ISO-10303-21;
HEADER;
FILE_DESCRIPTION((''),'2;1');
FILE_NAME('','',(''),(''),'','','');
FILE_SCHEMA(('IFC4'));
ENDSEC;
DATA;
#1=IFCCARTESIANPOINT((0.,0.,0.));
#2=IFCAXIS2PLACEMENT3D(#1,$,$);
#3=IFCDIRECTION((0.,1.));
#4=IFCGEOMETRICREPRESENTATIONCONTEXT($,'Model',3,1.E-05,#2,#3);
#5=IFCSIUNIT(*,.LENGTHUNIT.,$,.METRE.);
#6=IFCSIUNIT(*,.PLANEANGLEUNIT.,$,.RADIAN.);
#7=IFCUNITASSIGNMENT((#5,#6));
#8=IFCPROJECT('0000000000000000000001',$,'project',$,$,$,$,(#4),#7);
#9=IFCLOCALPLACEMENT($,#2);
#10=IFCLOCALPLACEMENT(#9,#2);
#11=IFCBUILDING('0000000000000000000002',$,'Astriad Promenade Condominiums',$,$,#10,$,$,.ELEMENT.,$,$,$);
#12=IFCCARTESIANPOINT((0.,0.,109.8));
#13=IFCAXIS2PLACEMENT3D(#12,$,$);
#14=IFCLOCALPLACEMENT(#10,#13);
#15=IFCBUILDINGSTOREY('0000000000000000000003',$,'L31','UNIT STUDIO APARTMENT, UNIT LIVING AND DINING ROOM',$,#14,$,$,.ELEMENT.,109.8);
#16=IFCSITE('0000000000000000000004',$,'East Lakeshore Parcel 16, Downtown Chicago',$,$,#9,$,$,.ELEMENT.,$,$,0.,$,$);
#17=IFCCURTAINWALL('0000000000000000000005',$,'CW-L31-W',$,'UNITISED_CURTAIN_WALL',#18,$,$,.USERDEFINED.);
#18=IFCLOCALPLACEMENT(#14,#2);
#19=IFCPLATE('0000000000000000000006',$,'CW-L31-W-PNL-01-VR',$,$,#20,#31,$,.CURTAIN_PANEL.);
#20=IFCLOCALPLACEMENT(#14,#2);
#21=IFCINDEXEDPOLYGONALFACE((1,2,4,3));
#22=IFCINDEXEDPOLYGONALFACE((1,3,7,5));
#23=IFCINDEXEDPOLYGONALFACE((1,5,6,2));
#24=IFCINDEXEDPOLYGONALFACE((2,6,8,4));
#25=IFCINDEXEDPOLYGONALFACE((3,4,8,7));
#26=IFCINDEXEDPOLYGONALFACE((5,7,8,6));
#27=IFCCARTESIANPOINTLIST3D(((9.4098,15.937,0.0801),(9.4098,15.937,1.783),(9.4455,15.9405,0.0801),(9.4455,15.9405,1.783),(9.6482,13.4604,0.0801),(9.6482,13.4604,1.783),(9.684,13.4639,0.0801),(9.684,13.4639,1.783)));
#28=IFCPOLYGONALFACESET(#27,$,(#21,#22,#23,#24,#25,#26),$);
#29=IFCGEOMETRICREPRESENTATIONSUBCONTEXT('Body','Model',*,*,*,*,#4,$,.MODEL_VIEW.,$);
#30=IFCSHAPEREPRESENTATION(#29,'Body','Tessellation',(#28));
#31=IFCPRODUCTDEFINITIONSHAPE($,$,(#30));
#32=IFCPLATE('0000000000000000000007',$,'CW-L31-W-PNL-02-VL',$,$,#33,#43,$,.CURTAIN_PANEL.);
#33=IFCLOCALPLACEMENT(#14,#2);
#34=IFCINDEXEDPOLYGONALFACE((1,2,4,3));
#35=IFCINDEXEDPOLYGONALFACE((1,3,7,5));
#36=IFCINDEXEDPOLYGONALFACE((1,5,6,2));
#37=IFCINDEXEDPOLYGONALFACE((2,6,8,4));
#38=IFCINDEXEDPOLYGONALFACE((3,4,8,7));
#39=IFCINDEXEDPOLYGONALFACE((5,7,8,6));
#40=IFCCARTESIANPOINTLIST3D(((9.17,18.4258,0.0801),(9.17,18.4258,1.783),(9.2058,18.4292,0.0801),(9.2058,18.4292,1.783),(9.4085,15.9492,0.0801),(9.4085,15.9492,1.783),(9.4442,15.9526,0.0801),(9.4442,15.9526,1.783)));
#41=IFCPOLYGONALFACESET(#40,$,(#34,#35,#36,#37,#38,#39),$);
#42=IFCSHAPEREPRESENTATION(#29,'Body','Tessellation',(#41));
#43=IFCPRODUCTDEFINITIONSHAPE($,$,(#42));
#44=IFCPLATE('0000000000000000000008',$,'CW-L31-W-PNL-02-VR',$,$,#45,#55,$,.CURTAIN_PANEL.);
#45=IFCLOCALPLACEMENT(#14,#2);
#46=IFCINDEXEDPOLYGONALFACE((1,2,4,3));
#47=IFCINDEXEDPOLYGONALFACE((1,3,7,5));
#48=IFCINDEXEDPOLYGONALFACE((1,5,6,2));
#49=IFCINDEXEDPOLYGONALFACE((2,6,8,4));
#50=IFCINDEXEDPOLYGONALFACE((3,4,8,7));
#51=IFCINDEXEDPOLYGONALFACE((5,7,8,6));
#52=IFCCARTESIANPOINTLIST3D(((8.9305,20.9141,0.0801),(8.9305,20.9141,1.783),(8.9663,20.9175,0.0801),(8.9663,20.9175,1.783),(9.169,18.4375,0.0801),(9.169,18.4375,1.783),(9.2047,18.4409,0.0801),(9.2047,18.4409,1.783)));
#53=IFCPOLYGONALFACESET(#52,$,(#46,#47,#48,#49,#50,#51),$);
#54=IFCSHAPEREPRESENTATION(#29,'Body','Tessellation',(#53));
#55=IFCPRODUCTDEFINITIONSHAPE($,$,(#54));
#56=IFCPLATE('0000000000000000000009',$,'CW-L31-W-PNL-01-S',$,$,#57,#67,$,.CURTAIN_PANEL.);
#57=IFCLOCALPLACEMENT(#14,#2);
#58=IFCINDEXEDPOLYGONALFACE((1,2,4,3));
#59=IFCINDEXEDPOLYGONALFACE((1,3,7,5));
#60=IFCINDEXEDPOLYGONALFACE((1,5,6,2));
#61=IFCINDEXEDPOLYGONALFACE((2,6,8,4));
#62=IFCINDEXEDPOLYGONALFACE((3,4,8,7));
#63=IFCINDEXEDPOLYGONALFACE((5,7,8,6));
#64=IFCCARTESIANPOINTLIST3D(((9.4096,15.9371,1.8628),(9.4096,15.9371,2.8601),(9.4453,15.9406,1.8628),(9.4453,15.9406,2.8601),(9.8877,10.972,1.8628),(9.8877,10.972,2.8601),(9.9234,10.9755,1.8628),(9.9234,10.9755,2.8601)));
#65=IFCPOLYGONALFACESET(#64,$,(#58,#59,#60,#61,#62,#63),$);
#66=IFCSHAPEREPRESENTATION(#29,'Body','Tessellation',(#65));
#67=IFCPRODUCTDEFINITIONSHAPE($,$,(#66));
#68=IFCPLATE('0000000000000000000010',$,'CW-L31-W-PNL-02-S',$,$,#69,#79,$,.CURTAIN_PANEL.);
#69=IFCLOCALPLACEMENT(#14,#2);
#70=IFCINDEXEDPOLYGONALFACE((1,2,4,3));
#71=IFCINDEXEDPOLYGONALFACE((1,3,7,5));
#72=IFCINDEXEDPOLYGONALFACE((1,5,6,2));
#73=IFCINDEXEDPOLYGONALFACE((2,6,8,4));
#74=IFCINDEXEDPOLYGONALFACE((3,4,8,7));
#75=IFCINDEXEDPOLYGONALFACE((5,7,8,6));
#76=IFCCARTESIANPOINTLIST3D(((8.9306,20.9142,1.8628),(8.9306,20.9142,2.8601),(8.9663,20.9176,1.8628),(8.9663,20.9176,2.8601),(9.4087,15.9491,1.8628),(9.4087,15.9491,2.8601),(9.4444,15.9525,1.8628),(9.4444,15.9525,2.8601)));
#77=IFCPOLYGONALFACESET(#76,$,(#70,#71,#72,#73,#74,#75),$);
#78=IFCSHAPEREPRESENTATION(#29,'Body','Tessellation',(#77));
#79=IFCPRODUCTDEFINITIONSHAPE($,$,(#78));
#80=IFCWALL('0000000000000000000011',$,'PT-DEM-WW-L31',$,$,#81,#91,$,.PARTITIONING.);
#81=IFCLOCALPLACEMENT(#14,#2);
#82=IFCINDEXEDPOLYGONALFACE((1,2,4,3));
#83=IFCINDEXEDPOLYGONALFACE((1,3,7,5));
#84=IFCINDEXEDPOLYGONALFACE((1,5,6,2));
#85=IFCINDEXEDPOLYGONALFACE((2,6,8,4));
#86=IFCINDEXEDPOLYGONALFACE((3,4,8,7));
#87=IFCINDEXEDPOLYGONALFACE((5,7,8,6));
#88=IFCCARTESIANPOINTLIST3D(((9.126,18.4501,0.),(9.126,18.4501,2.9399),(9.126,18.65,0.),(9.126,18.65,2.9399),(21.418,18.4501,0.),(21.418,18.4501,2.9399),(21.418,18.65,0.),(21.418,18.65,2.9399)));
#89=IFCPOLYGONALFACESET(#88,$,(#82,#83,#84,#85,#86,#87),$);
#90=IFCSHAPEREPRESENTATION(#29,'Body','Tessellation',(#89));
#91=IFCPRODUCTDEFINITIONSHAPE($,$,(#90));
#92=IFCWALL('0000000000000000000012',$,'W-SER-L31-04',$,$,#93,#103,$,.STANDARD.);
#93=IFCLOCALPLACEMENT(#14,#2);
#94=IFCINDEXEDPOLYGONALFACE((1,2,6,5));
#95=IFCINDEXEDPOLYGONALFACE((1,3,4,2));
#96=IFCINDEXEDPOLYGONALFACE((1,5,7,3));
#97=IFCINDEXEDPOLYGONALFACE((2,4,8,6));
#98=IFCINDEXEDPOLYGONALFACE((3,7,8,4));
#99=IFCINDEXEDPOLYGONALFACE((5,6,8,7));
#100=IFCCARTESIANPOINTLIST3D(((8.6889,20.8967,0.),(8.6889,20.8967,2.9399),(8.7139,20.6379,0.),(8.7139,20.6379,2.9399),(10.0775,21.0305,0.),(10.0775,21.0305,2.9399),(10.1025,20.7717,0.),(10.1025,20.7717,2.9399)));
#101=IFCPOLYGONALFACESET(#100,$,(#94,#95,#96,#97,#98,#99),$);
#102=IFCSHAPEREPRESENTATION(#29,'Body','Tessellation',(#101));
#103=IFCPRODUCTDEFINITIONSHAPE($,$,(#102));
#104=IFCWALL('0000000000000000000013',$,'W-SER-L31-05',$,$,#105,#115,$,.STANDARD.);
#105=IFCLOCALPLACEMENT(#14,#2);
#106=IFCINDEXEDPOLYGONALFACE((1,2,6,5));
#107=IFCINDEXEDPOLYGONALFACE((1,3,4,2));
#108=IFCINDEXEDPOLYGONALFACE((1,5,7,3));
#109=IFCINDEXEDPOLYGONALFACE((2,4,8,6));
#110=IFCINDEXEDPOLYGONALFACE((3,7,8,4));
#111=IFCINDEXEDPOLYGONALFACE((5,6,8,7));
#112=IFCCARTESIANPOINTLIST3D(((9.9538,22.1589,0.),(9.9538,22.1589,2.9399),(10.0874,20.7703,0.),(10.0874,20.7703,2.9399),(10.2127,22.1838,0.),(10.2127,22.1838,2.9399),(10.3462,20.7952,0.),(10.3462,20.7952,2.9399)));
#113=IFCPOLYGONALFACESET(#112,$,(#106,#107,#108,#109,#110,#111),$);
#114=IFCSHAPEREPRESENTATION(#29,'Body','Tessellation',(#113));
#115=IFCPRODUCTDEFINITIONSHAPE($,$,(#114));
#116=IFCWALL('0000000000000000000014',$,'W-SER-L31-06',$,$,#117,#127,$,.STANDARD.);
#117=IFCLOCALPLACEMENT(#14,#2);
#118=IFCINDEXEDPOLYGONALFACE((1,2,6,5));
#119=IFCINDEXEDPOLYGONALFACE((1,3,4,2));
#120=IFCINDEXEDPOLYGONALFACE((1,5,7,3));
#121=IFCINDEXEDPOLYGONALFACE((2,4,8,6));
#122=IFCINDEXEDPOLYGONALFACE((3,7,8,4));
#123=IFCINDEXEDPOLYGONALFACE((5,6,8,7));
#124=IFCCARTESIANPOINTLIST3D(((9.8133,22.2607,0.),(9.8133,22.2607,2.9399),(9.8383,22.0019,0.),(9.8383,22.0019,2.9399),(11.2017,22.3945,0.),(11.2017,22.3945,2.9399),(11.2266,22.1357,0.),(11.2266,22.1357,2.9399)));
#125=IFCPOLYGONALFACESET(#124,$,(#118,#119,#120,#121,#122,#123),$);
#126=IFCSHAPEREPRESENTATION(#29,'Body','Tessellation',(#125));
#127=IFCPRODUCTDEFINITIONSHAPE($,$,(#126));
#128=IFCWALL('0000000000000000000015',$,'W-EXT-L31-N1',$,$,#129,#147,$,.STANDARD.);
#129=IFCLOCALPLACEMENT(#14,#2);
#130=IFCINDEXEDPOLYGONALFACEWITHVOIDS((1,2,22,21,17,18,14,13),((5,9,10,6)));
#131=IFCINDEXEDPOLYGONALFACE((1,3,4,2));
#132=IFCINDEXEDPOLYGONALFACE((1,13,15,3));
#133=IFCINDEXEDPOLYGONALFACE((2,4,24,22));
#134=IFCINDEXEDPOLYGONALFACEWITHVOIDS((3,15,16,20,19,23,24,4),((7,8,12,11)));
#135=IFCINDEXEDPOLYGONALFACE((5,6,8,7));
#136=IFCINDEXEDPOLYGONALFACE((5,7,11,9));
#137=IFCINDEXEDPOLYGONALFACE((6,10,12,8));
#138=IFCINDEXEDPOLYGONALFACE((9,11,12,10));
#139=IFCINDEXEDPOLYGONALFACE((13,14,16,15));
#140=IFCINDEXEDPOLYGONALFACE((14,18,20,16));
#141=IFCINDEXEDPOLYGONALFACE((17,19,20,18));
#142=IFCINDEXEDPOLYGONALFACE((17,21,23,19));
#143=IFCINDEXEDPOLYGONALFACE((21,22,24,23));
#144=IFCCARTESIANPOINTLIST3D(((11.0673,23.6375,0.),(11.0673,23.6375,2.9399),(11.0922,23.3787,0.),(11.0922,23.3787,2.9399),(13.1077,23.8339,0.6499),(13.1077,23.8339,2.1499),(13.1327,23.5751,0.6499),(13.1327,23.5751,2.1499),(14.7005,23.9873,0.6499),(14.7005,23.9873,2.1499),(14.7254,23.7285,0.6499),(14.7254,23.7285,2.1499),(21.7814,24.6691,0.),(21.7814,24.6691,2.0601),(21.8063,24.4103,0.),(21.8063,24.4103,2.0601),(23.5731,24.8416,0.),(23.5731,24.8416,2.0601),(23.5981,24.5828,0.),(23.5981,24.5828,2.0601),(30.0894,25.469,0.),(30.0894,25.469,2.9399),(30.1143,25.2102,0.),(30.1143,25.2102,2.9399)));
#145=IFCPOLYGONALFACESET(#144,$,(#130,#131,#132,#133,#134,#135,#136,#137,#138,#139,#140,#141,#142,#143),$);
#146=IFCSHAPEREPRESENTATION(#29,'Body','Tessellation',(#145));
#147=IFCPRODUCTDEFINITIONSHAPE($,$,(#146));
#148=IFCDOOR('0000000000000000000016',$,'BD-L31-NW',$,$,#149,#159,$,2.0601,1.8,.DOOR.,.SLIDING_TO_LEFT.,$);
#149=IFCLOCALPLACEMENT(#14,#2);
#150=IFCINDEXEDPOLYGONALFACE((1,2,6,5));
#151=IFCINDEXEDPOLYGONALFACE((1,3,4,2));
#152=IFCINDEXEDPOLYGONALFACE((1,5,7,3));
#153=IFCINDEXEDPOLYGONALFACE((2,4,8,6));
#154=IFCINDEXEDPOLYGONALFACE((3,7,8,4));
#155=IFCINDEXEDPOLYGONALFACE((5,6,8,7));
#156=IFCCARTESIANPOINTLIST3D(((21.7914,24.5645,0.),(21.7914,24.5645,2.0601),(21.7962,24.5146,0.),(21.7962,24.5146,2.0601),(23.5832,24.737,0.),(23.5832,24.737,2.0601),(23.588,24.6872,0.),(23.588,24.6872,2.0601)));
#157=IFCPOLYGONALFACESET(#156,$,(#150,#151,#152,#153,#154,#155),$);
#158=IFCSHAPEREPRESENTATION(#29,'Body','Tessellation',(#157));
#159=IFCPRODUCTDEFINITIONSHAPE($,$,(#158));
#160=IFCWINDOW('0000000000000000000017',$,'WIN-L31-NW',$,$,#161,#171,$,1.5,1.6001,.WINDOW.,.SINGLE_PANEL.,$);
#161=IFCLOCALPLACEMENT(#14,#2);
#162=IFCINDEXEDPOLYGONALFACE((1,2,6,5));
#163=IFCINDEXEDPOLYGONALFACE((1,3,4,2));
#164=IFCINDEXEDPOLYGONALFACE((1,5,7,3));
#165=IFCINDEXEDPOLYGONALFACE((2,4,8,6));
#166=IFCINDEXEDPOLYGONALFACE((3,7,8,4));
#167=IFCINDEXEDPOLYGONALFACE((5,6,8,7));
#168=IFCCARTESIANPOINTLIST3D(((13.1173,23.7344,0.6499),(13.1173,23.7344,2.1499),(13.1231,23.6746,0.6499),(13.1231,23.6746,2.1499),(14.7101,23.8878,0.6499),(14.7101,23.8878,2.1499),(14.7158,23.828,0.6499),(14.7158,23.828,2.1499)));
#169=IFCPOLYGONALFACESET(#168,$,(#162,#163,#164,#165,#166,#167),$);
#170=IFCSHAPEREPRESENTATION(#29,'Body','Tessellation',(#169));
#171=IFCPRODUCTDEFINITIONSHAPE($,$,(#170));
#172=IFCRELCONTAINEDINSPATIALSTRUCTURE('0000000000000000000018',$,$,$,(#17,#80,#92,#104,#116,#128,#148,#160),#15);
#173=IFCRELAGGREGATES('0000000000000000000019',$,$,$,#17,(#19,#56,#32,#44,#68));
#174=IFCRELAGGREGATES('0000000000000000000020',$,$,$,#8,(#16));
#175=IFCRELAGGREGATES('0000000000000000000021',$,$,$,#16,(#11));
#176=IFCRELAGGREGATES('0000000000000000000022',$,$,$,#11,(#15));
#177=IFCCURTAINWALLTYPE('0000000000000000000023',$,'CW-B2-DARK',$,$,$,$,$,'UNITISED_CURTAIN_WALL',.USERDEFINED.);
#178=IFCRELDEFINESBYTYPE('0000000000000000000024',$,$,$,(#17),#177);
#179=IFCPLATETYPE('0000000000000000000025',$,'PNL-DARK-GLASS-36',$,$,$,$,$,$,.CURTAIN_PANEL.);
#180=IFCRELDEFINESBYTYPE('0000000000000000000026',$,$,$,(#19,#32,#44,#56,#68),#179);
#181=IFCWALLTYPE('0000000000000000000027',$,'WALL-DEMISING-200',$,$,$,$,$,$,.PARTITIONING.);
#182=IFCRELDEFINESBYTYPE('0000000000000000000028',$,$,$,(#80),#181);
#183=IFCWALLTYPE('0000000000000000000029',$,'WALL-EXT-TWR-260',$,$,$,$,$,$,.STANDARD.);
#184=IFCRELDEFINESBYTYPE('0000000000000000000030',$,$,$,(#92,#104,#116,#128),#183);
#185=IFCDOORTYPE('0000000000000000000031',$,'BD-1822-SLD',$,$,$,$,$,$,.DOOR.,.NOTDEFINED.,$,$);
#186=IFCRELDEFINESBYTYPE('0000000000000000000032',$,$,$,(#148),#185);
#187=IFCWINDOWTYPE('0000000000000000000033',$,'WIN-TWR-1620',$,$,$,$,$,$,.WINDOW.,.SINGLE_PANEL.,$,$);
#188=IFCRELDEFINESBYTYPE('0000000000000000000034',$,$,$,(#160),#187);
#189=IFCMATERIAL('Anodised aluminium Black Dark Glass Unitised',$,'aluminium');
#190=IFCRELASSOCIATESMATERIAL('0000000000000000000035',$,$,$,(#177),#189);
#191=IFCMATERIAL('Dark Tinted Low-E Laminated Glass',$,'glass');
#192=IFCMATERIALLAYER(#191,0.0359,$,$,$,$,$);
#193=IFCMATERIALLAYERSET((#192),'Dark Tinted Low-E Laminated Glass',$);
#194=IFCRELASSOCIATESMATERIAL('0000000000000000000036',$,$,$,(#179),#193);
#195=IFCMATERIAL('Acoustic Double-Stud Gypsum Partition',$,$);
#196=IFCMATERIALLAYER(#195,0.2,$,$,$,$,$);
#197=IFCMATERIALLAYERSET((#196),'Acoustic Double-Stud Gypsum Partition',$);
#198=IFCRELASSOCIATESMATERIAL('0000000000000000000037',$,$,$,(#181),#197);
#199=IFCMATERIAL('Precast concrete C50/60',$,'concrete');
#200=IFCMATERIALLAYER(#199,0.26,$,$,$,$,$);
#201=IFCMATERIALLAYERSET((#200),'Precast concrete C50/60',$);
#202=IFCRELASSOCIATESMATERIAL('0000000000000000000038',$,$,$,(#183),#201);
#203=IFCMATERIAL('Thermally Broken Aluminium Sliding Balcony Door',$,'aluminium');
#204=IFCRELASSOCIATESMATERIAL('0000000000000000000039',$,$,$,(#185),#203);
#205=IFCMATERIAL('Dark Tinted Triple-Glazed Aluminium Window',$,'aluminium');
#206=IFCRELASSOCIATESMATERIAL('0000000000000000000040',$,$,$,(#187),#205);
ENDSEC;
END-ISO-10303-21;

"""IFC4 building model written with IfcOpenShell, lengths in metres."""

from ifc_helpers import new_model, si_unit, direction, frame, frame_2d, origin, origin_2d, place, context, subcontext, project, spatial, rectangle, extrude, source, transform, mapped, material, layer, layer_set, type_object, type_shapes, element, fill, aggregate, save


model = new_model("IFC4")

# Units and contexts
model_context = context("Model", 3, precision=1e-05, world=origin(), true_north=direction((0.0, 1.0)))
body_context = subcontext(model_context, "Body", "Model", "MODEL_VIEW")
ifc_project = project(units=[si_unit("LENGTHUNIT", "METRE"), si_unit("PLANEANGLEUNIT", "RADIAN")], contexts=[model_context])

# Site, building, storey
site_placement = place(None, origin())
site = spatial("IfcSite", under=ifc_project, at=site_placement, Name="East Lakeshore Parcel 16, Downtown Chicago", CompositionType="ELEMENT", RefElevation=0.0)
building_placement = place(site_placement, origin())
building = spatial("IfcBuilding", under=site, at=building_placement, Name="Astriad Promenade Condominiums", CompositionType="ELEMENT")
storey_placement = place(building_placement, frame((0.0, 0.0, 109.8)))
storey = spatial("IfcBuildingStorey", under=building, at=storey_placement, Name="L31", Description="UNIT STUDIO APARTMENT, UNIT LIVING AND DINING ROOM", CompositionType="ELEMENT", Elevation=109.8)

# Curtain wall, plates
ifc_material_1 = material(Name="Anodised aluminium Black Dark Glass Unitised", Category="aluminium")
curtain_wall_type = type_object("IfcCurtainWallType", Name="CW-B2-DARK", ElementType="UNITISED_CURTAIN_WALL", PredefinedType="USERDEFINED", material=ifc_material_1)
curtain_wall_placement = place(storey_placement, origin())
curtain_wall = element("IfcCurtainWall", 1, at=curtain_wall_placement, inside=storey, type_object=curtain_wall_type, Name="CW-L31-W", ObjectType="UNITISED_CURTAIN_WALL", PredefinedType="USERDEFINED")
ifc_material_2 = material(Name="Dark Tinted Low-E Laminated Glass", Category="glass")
ifc_layer_1 = layer(ifc_material_2, 0.0359)
ifc_layer_set_1 = layer_set([ifc_layer_1], Name="Dark Tinted Low-E Laminated Glass")
plate_type = type_object("IfcPlateType", Name="PNL-DARK-GLASS-36", PredefinedType="CURTAIN_PANEL", material=ifc_layer_set_1)
shared_shape_1 = source(origin(), body_context, "Body", "SweptSolid", [
    extrude(rectangle(XDim=2.488, YDim=0.0359, at=origin_2d()), origin(), (0.0, 0.0, 1.0), 1.7029),
])
plate_1_placement = place(storey_placement, frame((9.5469, 14.7004, 0.0801), z_axis=(0.0, 0.0, 1.0), x_axis=(-0.095846, 0.995396, 0.0)))
plate_1 = element("IfcPlate", 2, at=plate_1_placement, type_object=plate_type, Name="CW-L31-W-PNL-01-VR", PredefinedType="CURTAIN_PANEL", context=body_context, shape_type="MappedRepresentation", body=[
    mapped(shared_shape_1, transform((0.0, 0.0, 0.0), scale=1.0)),
])
plate_2_placement = place(storey_placement, frame((9.3071, 17.1892, 0.0801), z_axis=(0.0, 0.0, 1.0), x_axis=(-0.095846, 0.995396, 0.0)))
plate_2 = element("IfcPlate", 3, at=plate_2_placement, type_object=plate_type, Name="CW-L31-W-PNL-02-VL", PredefinedType="CURTAIN_PANEL", context=body_context, shape_type="MappedRepresentation", body=[
    mapped(shared_shape_1, transform((0.0, 0.0, 0.0), scale=1.0)),
])
plate_3_placement = place(storey_placement, frame((9.0676, 19.6775, 0.0801), z_axis=(0.0, 0.0, 1.0), x_axis=(-0.095846, 0.995396, 0.0)))
plate_3 = element("IfcPlate", 4, at=plate_3_placement, type_object=plate_type, Name="CW-L31-W-PNL-02-VR", PredefinedType="CURTAIN_PANEL", context=body_context, shape_type="MappedRepresentation", body=[
    mapped(shared_shape_1, transform((0.0, 0.0, 0.0), scale=1.0)),
])
shared_shape_2 = source(origin(), body_context, "Body", "SweptSolid", [
    extrude(rectangle(XDim=4.988, YDim=0.0359, at=origin_2d()), origin(), (0.0, 0.0, 1.0), 0.9973),
])
type_shapes(plate_type, [shared_shape_1, shared_shape_2])
plate_4_placement = place(storey_placement, frame((9.6665, 13.4563, 1.8628), z_axis=(0.0, 0.0, 1.0), x_axis=(-0.095846, 0.995396, 0.0)))
plate_4 = element("IfcPlate", 5, at=plate_4_placement, type_object=plate_type, Name="CW-L31-W-PNL-01-S", PredefinedType="CURTAIN_PANEL", context=body_context, shape_type="MappedRepresentation", body=[
    mapped(shared_shape_2, transform((0.0, 0.0, 0.0), scale=1.0)),
])
plate_5_placement = place(storey_placement, frame((9.1875, 18.4333, 1.8628), z_axis=(0.0, 0.0, 1.0), x_axis=(-0.095846, 0.995396, 0.0)))
plate_5 = element("IfcPlate", 6, at=plate_5_placement, type_object=plate_type, Name="CW-L31-W-PNL-02-S", PredefinedType="CURTAIN_PANEL", context=body_context, shape_type="MappedRepresentation", body=[
    mapped(shared_shape_2, transform((0.0, 0.0, 0.0), scale=1.0)),
])
aggregate(curtain_wall, [plate_1, plate_4, plate_2, plate_3, plate_5])

# Walls
ifc_material_3 = material(Name="Acoustic Double-Stud Gypsum Partition")
ifc_layer_2 = layer(ifc_material_3, 0.2)
ifc_layer_set_2 = layer_set([ifc_layer_2], Name="Acoustic Double-Stud Gypsum Partition")
wall_type_1 = type_object("IfcWallType", Name="WALL-DEMISING-200", PredefinedType="PARTITIONING", material=ifc_layer_set_2)
wall_1_placement = place(storey_placement, frame((9.126, 18.55, 0.0), z_axis=(0.0, 0.0, 1.0), x_axis=(1.0, 0.0, 0.0)))
element("IfcWall", 7, at=wall_1_placement, inside=storey, type_object=wall_type_1, Name="PT-DEM-WW-L31", PredefinedType="PARTITIONING", context=body_context, shape_type="SweptSolid", body=[
    extrude(rectangle(XDim=12.292, YDim=0.2, at=frame_2d((6.146, 0.0))), origin(), (0.0, 0.0, 1.0), 2.9399),
])
ifc_material_4 = material(Name="Precast concrete C50/60", Category="concrete")
ifc_layer_3 = layer(ifc_material_4, 0.26)
ifc_layer_set_3 = layer_set([ifc_layer_3], Name="Precast concrete C50/60")
wall_type_2 = type_object("IfcWallType", Name="WALL-EXT-TWR-260", PredefinedType="STANDARD", material=ifc_layer_set_3)
for number, where, z_axis, x_axis, name in (
    (8, (8.7014, 20.7673, 0.0), (0.0, 0.0, 1.0), (0.995391, 0.095899, 0.0), "W-SER-L31-04"),
    (9, (10.2168, 20.7827, 0.0), (0.0, 0.0, 1.0), (-0.095726, 0.995408, 0.0), "W-SER-L31-05"),
):
    element("IfcWall", number, at=place(storey_placement, frame(where, z_axis=z_axis, x_axis=x_axis)), inside=storey, type_object=wall_type_2, Name=name, PredefinedType="STANDARD", context=body_context, shape_type="SweptSolid", body=[
        extrude(rectangle(XDim=1.395, YDim=0.26, at=frame_2d((0.6975, 0.0))), origin(), (0.0, 0.0, 1.0), 2.9399),
    ])
wall_2_placement = place(storey_placement, frame((9.8259, 22.1313, 0.0), z_axis=(0.0, 0.0, 1.0), x_axis=(0.995389, 0.095916, 0.0)))
element("IfcWall", 10, at=wall_2_placement, inside=storey, type_object=wall_type_2, Name="W-SER-L31-06", PredefinedType="STANDARD", context=body_context, shape_type="SweptSolid", body=[
    extrude(rectangle(XDim=1.3948, YDim=0.26, at=frame_2d((0.6973, 0.0))), origin(), (0.0, 0.0, 1.0), 2.9399),
])

# Wall, openings, door, window
wall_3_placement = place(storey_placement, frame((11.0796, 23.5081, 0.0), z_axis=(0.0, 0.0, 1.0), x_axis=(0.995397, 0.095841, 0.0)))
wall_3 = element("IfcWall", 11, at=wall_3_placement, inside=storey, type_object=wall_type_2, Name="W-EXT-L31-N1", PredefinedType="STANDARD", context=body_context, shape_type="SweptSolid", body=[
    extrude(rectangle(XDim=19.1101, YDim=0.26, at=frame_2d((9.5552, 0.0))), origin(), (0.0, 0.0, 1.0), 2.9399),
])
opening_1_placement = place(wall_3_placement, frame((10.7639, 0.0, 0.0)))
opening_1 = element("IfcOpeningElement", 12, at=opening_1_placement, cuts=wall_3, PredefinedType="OPENING", context=body_context, shape_type="SweptSolid", body=[
    extrude(rectangle(XDim=1.8, YDim=2.0601, at=frame_2d((0.8999, 1.03))), frame((0.0, 0.1399, 0.0), z_axis=(0.0, -1.0, 0.0), x_axis=(1.0, 0.0, 0.0)), (0.0, 0.0, 1.0), 0.28),
])
opening_2_placement = place(wall_3_placement, frame((2.05, 0.0, 0.6499)))
opening_2 = element("IfcOpeningElement", 13, at=opening_2_placement, cuts=wall_3, PredefinedType="OPENING", context=body_context, shape_type="SweptSolid", body=[
    extrude(rectangle(XDim=1.6001, YDim=1.5, at=frame_2d((0.8, 0.75))), frame((0.0, 0.1399, 0.0), z_axis=(0.0, -1.0, 0.0), x_axis=(1.0, 0.0, 0.0)), (0.0, 0.0, 1.0), 0.28),
])
ifc_material_5 = material(Name="Thermally Broken Aluminium Sliding Balcony Door", Category="aluminium")
door_type = type_object("IfcDoorType", Name="BD-1822-SLD", OperationType="NOTDEFINED", PredefinedType="DOOR", material=ifc_material_5)
shared_shape_3 = source(origin(), body_context, "Body", "SweptSolid", [
    extrude(rectangle(XDim=1.8, YDim=2.0601, at=frame_2d((0.8999, 1.03))), frame((0.0, 0.0249, 0.0), z_axis=(0.0, -1.0, 0.0), x_axis=(1.0, 0.0, 0.0)), (0.0, 0.0, 1.0), 0.05),
])
type_shapes(door_type, [shared_shape_3])
door_placement = place(opening_1_placement, origin())
door = element("IfcDoor", 14, at=door_placement, inside=storey, type_object=door_type, Name="BD-L31-NW", OperationType="SLIDING_TO_LEFT", OverallHeight=2.0601, OverallWidth=1.8, PredefinedType="DOOR", context=body_context, shape_type="MappedRepresentation", body=[
    mapped(shared_shape_3, transform((0.0, 0.0, 0.0), scale=1.0)),
])
fill(opening_1, door)
ifc_material_6 = material(Name="Dark Tinted Triple-Glazed Aluminium Window", Category="aluminium")
window_type = type_object("IfcWindowType", Name="WIN-TWR-1620", PartitioningType="SINGLE_PANEL", PredefinedType="WINDOW", material=ifc_material_6)
shared_shape_4 = source(origin(), body_context, "Body", "SweptSolid", [
    extrude(rectangle(XDim=1.6001, YDim=1.5, at=frame_2d((0.8, 0.75))), frame((0.0, 0.03, 0.0), z_axis=(0.0, -1.0, 0.0), x_axis=(1.0, 0.0, 0.0)), (0.0, 0.0, 1.0), 0.0601),
])
type_shapes(window_type, [shared_shape_4])
window_placement = place(opening_2_placement, origin())
window = element("IfcWindow", 15, at=window_placement, inside=storey, type_object=window_type, Name="WIN-L31-NW", OverallHeight=1.5, OverallWidth=1.6001, PartitioningType="SINGLE_PANEL", PredefinedType="WINDOW", context=body_context, shape_type="MappedRepresentation", body=[
    mapped(shared_shape_4, transform((0.0, 0.0, 0.0), scale=1.0)),
])
fill(opening_2, window)

save(model, "model.ifc")
